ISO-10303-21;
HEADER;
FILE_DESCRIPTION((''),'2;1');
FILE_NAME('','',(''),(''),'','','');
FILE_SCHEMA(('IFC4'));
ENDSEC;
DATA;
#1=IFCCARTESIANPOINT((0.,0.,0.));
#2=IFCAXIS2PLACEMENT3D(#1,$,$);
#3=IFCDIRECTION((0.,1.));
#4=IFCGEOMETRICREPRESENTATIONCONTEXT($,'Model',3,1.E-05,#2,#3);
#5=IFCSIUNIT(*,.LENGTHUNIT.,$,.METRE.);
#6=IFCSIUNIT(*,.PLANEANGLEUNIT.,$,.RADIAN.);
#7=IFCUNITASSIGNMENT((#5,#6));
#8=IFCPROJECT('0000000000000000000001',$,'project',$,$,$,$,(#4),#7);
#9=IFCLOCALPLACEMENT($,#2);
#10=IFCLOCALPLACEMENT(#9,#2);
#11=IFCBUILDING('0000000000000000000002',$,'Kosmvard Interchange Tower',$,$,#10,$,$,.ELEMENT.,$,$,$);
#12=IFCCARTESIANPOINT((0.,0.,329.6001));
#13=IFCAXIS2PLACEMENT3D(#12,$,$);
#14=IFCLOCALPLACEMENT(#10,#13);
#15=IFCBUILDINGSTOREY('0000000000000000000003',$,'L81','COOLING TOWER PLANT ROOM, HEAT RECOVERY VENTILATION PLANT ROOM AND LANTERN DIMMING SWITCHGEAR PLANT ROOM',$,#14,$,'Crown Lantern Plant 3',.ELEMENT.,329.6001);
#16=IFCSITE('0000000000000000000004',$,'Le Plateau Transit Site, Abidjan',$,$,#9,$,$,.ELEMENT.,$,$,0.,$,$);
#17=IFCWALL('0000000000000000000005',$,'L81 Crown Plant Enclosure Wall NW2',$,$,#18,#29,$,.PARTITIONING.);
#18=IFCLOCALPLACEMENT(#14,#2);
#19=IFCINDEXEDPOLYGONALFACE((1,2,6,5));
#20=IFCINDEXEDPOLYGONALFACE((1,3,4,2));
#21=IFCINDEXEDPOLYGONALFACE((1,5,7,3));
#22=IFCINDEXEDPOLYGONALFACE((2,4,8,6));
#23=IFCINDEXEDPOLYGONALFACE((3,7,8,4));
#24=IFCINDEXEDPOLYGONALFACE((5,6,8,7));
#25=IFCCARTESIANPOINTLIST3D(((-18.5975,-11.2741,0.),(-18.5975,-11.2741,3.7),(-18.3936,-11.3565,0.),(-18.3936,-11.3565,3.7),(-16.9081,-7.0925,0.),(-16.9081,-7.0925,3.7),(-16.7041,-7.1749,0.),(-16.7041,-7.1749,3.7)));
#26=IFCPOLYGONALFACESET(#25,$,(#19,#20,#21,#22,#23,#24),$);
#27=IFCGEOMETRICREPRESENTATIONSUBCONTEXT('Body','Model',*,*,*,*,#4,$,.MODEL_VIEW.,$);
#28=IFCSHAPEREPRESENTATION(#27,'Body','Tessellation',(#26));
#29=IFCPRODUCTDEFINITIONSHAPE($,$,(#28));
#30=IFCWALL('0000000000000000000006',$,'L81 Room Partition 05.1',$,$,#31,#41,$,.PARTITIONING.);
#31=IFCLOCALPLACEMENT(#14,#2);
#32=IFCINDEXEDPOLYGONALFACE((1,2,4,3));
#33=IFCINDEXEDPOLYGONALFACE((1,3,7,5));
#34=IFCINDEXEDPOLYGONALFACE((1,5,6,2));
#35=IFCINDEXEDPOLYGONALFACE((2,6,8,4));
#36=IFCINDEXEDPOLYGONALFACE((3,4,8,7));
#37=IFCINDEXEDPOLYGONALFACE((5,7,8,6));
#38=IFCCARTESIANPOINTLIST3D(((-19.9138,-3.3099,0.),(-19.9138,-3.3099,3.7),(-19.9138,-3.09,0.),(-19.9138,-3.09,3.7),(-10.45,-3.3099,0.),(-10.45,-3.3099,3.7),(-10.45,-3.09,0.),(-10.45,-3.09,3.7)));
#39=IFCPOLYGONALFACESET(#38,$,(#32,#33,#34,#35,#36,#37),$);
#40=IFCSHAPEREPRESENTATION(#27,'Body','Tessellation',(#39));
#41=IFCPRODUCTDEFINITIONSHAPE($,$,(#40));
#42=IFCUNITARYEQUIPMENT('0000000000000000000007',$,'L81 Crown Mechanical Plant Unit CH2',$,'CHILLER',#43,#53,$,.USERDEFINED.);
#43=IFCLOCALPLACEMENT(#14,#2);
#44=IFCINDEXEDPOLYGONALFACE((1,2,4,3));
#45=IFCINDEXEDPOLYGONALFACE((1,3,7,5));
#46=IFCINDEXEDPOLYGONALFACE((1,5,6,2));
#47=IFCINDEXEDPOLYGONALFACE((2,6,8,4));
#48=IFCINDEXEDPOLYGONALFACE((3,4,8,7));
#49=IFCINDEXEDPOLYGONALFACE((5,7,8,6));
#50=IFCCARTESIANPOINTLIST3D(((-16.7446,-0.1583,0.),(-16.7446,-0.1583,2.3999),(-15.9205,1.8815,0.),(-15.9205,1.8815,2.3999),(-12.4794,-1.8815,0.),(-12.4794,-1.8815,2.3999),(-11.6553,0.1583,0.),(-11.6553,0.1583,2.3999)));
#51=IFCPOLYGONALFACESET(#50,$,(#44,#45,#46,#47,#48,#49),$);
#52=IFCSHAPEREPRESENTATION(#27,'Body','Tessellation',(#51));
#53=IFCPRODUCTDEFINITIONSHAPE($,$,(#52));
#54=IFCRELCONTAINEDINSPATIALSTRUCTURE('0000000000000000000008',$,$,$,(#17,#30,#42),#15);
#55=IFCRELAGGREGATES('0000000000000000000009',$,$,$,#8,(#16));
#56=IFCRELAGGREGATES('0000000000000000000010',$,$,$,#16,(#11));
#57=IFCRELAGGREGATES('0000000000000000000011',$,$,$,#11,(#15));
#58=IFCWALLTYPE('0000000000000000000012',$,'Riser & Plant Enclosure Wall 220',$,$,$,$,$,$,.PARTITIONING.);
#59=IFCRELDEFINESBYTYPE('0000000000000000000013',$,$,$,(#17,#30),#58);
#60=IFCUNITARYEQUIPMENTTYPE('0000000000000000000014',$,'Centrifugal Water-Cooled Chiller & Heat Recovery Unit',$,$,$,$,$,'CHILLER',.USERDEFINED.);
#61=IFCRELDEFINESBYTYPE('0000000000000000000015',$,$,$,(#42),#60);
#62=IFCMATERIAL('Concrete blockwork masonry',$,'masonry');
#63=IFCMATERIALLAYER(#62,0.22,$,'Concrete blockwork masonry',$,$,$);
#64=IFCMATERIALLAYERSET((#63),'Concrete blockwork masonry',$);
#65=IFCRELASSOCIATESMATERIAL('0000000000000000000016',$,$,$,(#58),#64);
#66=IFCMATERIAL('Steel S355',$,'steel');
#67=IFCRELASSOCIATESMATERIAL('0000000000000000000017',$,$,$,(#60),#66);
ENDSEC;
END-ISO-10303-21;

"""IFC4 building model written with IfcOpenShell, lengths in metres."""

from ifc_helpers import new_model, si_unit, direction, frame, frame_2d, origin, origin_2d, place, context, subcontext, project, spatial, rectangle, extrude, source, transform, mapped, material, layer, layer_set, type_object, element, save


model = new_model("IFC4")

# Units and contexts
model_context = context("Model", 3, precision=1e-05, world=origin(), true_north=direction((0.0, 1.0)))
body_context = subcontext(model_context, "Body", "Model", "MODEL_VIEW")
ifc_project = project(units=[si_unit("LENGTHUNIT", "METRE"), si_unit("PLANEANGLEUNIT", "RADIAN")], contexts=[model_context])

# Site, building, storey
site_placement = place(None, origin())
site = spatial("IfcSite", under=ifc_project, at=site_placement, Name="Le Plateau Transit Site, Abidjan", CompositionType="ELEMENT", RefElevation=0.0)
building_placement = place(site_placement, origin())
building = spatial("IfcBuilding", under=site, at=building_placement, Name="Kosmvard Interchange Tower", CompositionType="ELEMENT")
storey_placement = place(building_placement, frame((0.0, 0.0, 329.6001)))
storey = spatial("IfcBuildingStorey", under=building, at=storey_placement, Name="L81", Description="COOLING TOWER PLANT ROOM, HEAT RECOVERY VENTILATION PLANT ROOM AND LANTERN DIMMING SWITCHGEAR PLANT ROOM", LongName="Crown Lantern Plant 3", CompositionType="ELEMENT", Elevation=329.6001)

# Shared definitions
ifc_material_1 = material(Name="Steel S355", Category="steel")

# Shared definitions
ifc_material_2 = material(Name="Concrete blockwork masonry", Category="masonry")

# Walls
ifc_layer_1 = layer(ifc_material_2, 0.22, Name="Concrete blockwork masonry")
ifc_layer_set_1 = layer_set([ifc_layer_1], Name="Concrete blockwork masonry")
wall_type_1 = type_object("IfcWallType", Name="Riser & Plant Enclosure Wall 220", PredefinedType="PARTITIONING", material=ifc_layer_set_1)
wall_1_placement = place(storey_placement, frame((-16.8062, -7.1338, 0.0), z_axis=(0.0, 0.0, 1.0), x_axis=(-0.374599, -0.927187, 0.0)))
element("IfcWall", 1, at=wall_1_placement, inside=storey, type_object=wall_type_1, Name="L81 Crown Plant Enclosure Wall NW2", PredefinedType="PARTITIONING", context=body_context, shape_type="SweptSolid", body=[
    extrude(rectangle(XDim=4.51, YDim=0.22, at=frame_2d((2.2549, 0.0))), origin(), (0.0, 0.0, 1.0), 3.7),
])
wall_2_placement = place(storey_placement, frame((-10.45, -3.2, 0.0), z_axis=(0.0, 0.0, 1.0), x_axis=(-1.0, 0.0, 0.0)))
element("IfcWall", 2, at=wall_2_placement, inside=storey, type_object=wall_type_1, Name="L81 Room Partition 05.1", PredefinedType="PARTITIONING", context=body_context, shape_type="SweptSolid", body=[
    extrude(rectangle(XDim=9.4639, YDim=0.22, at=frame_2d((4.7319, 0.0))), origin(), (0.0, 0.0, 1.0), 3.7),
])

# Unitary equipment
unitary_equipment_type = type_object("IfcUnitaryEquipmentType", Name="Centrifugal Water-Cooled Chiller & Heat Recovery Unit", ElementType="CHILLER", PredefinedType="USERDEFINED", material=ifc_material_1)
shared_shape_1 = source(origin(), body_context, "Body", "SweptSolid", [
    extrude(rectangle(XDim=2.2, YDim=4.6001, at=origin_2d()), origin(), (0.0, 0.0, 1.0), 2.3999),
])
unitary_equipment_placement = place(storey_placement, frame((-14.2, 0.0, 0.0), z_axis=(0.0, 0.0, 1.0), x_axis=(0.374607, 0.927184, 0.0)))
element("IfcUnitaryEquipment", 3, at=unitary_equipment_placement, inside=storey, type_object=unitary_equipment_type, Name="L81 Crown Mechanical Plant Unit CH2", ObjectType="CHILLER", PredefinedType="USERDEFINED", context=body_context, shape_type="MappedRepresentation", body=[
    mapped(shared_shape_1, transform((0.0, 0.0, 0.0), scale=1.0)),
])

save(model, "model.ifc")
